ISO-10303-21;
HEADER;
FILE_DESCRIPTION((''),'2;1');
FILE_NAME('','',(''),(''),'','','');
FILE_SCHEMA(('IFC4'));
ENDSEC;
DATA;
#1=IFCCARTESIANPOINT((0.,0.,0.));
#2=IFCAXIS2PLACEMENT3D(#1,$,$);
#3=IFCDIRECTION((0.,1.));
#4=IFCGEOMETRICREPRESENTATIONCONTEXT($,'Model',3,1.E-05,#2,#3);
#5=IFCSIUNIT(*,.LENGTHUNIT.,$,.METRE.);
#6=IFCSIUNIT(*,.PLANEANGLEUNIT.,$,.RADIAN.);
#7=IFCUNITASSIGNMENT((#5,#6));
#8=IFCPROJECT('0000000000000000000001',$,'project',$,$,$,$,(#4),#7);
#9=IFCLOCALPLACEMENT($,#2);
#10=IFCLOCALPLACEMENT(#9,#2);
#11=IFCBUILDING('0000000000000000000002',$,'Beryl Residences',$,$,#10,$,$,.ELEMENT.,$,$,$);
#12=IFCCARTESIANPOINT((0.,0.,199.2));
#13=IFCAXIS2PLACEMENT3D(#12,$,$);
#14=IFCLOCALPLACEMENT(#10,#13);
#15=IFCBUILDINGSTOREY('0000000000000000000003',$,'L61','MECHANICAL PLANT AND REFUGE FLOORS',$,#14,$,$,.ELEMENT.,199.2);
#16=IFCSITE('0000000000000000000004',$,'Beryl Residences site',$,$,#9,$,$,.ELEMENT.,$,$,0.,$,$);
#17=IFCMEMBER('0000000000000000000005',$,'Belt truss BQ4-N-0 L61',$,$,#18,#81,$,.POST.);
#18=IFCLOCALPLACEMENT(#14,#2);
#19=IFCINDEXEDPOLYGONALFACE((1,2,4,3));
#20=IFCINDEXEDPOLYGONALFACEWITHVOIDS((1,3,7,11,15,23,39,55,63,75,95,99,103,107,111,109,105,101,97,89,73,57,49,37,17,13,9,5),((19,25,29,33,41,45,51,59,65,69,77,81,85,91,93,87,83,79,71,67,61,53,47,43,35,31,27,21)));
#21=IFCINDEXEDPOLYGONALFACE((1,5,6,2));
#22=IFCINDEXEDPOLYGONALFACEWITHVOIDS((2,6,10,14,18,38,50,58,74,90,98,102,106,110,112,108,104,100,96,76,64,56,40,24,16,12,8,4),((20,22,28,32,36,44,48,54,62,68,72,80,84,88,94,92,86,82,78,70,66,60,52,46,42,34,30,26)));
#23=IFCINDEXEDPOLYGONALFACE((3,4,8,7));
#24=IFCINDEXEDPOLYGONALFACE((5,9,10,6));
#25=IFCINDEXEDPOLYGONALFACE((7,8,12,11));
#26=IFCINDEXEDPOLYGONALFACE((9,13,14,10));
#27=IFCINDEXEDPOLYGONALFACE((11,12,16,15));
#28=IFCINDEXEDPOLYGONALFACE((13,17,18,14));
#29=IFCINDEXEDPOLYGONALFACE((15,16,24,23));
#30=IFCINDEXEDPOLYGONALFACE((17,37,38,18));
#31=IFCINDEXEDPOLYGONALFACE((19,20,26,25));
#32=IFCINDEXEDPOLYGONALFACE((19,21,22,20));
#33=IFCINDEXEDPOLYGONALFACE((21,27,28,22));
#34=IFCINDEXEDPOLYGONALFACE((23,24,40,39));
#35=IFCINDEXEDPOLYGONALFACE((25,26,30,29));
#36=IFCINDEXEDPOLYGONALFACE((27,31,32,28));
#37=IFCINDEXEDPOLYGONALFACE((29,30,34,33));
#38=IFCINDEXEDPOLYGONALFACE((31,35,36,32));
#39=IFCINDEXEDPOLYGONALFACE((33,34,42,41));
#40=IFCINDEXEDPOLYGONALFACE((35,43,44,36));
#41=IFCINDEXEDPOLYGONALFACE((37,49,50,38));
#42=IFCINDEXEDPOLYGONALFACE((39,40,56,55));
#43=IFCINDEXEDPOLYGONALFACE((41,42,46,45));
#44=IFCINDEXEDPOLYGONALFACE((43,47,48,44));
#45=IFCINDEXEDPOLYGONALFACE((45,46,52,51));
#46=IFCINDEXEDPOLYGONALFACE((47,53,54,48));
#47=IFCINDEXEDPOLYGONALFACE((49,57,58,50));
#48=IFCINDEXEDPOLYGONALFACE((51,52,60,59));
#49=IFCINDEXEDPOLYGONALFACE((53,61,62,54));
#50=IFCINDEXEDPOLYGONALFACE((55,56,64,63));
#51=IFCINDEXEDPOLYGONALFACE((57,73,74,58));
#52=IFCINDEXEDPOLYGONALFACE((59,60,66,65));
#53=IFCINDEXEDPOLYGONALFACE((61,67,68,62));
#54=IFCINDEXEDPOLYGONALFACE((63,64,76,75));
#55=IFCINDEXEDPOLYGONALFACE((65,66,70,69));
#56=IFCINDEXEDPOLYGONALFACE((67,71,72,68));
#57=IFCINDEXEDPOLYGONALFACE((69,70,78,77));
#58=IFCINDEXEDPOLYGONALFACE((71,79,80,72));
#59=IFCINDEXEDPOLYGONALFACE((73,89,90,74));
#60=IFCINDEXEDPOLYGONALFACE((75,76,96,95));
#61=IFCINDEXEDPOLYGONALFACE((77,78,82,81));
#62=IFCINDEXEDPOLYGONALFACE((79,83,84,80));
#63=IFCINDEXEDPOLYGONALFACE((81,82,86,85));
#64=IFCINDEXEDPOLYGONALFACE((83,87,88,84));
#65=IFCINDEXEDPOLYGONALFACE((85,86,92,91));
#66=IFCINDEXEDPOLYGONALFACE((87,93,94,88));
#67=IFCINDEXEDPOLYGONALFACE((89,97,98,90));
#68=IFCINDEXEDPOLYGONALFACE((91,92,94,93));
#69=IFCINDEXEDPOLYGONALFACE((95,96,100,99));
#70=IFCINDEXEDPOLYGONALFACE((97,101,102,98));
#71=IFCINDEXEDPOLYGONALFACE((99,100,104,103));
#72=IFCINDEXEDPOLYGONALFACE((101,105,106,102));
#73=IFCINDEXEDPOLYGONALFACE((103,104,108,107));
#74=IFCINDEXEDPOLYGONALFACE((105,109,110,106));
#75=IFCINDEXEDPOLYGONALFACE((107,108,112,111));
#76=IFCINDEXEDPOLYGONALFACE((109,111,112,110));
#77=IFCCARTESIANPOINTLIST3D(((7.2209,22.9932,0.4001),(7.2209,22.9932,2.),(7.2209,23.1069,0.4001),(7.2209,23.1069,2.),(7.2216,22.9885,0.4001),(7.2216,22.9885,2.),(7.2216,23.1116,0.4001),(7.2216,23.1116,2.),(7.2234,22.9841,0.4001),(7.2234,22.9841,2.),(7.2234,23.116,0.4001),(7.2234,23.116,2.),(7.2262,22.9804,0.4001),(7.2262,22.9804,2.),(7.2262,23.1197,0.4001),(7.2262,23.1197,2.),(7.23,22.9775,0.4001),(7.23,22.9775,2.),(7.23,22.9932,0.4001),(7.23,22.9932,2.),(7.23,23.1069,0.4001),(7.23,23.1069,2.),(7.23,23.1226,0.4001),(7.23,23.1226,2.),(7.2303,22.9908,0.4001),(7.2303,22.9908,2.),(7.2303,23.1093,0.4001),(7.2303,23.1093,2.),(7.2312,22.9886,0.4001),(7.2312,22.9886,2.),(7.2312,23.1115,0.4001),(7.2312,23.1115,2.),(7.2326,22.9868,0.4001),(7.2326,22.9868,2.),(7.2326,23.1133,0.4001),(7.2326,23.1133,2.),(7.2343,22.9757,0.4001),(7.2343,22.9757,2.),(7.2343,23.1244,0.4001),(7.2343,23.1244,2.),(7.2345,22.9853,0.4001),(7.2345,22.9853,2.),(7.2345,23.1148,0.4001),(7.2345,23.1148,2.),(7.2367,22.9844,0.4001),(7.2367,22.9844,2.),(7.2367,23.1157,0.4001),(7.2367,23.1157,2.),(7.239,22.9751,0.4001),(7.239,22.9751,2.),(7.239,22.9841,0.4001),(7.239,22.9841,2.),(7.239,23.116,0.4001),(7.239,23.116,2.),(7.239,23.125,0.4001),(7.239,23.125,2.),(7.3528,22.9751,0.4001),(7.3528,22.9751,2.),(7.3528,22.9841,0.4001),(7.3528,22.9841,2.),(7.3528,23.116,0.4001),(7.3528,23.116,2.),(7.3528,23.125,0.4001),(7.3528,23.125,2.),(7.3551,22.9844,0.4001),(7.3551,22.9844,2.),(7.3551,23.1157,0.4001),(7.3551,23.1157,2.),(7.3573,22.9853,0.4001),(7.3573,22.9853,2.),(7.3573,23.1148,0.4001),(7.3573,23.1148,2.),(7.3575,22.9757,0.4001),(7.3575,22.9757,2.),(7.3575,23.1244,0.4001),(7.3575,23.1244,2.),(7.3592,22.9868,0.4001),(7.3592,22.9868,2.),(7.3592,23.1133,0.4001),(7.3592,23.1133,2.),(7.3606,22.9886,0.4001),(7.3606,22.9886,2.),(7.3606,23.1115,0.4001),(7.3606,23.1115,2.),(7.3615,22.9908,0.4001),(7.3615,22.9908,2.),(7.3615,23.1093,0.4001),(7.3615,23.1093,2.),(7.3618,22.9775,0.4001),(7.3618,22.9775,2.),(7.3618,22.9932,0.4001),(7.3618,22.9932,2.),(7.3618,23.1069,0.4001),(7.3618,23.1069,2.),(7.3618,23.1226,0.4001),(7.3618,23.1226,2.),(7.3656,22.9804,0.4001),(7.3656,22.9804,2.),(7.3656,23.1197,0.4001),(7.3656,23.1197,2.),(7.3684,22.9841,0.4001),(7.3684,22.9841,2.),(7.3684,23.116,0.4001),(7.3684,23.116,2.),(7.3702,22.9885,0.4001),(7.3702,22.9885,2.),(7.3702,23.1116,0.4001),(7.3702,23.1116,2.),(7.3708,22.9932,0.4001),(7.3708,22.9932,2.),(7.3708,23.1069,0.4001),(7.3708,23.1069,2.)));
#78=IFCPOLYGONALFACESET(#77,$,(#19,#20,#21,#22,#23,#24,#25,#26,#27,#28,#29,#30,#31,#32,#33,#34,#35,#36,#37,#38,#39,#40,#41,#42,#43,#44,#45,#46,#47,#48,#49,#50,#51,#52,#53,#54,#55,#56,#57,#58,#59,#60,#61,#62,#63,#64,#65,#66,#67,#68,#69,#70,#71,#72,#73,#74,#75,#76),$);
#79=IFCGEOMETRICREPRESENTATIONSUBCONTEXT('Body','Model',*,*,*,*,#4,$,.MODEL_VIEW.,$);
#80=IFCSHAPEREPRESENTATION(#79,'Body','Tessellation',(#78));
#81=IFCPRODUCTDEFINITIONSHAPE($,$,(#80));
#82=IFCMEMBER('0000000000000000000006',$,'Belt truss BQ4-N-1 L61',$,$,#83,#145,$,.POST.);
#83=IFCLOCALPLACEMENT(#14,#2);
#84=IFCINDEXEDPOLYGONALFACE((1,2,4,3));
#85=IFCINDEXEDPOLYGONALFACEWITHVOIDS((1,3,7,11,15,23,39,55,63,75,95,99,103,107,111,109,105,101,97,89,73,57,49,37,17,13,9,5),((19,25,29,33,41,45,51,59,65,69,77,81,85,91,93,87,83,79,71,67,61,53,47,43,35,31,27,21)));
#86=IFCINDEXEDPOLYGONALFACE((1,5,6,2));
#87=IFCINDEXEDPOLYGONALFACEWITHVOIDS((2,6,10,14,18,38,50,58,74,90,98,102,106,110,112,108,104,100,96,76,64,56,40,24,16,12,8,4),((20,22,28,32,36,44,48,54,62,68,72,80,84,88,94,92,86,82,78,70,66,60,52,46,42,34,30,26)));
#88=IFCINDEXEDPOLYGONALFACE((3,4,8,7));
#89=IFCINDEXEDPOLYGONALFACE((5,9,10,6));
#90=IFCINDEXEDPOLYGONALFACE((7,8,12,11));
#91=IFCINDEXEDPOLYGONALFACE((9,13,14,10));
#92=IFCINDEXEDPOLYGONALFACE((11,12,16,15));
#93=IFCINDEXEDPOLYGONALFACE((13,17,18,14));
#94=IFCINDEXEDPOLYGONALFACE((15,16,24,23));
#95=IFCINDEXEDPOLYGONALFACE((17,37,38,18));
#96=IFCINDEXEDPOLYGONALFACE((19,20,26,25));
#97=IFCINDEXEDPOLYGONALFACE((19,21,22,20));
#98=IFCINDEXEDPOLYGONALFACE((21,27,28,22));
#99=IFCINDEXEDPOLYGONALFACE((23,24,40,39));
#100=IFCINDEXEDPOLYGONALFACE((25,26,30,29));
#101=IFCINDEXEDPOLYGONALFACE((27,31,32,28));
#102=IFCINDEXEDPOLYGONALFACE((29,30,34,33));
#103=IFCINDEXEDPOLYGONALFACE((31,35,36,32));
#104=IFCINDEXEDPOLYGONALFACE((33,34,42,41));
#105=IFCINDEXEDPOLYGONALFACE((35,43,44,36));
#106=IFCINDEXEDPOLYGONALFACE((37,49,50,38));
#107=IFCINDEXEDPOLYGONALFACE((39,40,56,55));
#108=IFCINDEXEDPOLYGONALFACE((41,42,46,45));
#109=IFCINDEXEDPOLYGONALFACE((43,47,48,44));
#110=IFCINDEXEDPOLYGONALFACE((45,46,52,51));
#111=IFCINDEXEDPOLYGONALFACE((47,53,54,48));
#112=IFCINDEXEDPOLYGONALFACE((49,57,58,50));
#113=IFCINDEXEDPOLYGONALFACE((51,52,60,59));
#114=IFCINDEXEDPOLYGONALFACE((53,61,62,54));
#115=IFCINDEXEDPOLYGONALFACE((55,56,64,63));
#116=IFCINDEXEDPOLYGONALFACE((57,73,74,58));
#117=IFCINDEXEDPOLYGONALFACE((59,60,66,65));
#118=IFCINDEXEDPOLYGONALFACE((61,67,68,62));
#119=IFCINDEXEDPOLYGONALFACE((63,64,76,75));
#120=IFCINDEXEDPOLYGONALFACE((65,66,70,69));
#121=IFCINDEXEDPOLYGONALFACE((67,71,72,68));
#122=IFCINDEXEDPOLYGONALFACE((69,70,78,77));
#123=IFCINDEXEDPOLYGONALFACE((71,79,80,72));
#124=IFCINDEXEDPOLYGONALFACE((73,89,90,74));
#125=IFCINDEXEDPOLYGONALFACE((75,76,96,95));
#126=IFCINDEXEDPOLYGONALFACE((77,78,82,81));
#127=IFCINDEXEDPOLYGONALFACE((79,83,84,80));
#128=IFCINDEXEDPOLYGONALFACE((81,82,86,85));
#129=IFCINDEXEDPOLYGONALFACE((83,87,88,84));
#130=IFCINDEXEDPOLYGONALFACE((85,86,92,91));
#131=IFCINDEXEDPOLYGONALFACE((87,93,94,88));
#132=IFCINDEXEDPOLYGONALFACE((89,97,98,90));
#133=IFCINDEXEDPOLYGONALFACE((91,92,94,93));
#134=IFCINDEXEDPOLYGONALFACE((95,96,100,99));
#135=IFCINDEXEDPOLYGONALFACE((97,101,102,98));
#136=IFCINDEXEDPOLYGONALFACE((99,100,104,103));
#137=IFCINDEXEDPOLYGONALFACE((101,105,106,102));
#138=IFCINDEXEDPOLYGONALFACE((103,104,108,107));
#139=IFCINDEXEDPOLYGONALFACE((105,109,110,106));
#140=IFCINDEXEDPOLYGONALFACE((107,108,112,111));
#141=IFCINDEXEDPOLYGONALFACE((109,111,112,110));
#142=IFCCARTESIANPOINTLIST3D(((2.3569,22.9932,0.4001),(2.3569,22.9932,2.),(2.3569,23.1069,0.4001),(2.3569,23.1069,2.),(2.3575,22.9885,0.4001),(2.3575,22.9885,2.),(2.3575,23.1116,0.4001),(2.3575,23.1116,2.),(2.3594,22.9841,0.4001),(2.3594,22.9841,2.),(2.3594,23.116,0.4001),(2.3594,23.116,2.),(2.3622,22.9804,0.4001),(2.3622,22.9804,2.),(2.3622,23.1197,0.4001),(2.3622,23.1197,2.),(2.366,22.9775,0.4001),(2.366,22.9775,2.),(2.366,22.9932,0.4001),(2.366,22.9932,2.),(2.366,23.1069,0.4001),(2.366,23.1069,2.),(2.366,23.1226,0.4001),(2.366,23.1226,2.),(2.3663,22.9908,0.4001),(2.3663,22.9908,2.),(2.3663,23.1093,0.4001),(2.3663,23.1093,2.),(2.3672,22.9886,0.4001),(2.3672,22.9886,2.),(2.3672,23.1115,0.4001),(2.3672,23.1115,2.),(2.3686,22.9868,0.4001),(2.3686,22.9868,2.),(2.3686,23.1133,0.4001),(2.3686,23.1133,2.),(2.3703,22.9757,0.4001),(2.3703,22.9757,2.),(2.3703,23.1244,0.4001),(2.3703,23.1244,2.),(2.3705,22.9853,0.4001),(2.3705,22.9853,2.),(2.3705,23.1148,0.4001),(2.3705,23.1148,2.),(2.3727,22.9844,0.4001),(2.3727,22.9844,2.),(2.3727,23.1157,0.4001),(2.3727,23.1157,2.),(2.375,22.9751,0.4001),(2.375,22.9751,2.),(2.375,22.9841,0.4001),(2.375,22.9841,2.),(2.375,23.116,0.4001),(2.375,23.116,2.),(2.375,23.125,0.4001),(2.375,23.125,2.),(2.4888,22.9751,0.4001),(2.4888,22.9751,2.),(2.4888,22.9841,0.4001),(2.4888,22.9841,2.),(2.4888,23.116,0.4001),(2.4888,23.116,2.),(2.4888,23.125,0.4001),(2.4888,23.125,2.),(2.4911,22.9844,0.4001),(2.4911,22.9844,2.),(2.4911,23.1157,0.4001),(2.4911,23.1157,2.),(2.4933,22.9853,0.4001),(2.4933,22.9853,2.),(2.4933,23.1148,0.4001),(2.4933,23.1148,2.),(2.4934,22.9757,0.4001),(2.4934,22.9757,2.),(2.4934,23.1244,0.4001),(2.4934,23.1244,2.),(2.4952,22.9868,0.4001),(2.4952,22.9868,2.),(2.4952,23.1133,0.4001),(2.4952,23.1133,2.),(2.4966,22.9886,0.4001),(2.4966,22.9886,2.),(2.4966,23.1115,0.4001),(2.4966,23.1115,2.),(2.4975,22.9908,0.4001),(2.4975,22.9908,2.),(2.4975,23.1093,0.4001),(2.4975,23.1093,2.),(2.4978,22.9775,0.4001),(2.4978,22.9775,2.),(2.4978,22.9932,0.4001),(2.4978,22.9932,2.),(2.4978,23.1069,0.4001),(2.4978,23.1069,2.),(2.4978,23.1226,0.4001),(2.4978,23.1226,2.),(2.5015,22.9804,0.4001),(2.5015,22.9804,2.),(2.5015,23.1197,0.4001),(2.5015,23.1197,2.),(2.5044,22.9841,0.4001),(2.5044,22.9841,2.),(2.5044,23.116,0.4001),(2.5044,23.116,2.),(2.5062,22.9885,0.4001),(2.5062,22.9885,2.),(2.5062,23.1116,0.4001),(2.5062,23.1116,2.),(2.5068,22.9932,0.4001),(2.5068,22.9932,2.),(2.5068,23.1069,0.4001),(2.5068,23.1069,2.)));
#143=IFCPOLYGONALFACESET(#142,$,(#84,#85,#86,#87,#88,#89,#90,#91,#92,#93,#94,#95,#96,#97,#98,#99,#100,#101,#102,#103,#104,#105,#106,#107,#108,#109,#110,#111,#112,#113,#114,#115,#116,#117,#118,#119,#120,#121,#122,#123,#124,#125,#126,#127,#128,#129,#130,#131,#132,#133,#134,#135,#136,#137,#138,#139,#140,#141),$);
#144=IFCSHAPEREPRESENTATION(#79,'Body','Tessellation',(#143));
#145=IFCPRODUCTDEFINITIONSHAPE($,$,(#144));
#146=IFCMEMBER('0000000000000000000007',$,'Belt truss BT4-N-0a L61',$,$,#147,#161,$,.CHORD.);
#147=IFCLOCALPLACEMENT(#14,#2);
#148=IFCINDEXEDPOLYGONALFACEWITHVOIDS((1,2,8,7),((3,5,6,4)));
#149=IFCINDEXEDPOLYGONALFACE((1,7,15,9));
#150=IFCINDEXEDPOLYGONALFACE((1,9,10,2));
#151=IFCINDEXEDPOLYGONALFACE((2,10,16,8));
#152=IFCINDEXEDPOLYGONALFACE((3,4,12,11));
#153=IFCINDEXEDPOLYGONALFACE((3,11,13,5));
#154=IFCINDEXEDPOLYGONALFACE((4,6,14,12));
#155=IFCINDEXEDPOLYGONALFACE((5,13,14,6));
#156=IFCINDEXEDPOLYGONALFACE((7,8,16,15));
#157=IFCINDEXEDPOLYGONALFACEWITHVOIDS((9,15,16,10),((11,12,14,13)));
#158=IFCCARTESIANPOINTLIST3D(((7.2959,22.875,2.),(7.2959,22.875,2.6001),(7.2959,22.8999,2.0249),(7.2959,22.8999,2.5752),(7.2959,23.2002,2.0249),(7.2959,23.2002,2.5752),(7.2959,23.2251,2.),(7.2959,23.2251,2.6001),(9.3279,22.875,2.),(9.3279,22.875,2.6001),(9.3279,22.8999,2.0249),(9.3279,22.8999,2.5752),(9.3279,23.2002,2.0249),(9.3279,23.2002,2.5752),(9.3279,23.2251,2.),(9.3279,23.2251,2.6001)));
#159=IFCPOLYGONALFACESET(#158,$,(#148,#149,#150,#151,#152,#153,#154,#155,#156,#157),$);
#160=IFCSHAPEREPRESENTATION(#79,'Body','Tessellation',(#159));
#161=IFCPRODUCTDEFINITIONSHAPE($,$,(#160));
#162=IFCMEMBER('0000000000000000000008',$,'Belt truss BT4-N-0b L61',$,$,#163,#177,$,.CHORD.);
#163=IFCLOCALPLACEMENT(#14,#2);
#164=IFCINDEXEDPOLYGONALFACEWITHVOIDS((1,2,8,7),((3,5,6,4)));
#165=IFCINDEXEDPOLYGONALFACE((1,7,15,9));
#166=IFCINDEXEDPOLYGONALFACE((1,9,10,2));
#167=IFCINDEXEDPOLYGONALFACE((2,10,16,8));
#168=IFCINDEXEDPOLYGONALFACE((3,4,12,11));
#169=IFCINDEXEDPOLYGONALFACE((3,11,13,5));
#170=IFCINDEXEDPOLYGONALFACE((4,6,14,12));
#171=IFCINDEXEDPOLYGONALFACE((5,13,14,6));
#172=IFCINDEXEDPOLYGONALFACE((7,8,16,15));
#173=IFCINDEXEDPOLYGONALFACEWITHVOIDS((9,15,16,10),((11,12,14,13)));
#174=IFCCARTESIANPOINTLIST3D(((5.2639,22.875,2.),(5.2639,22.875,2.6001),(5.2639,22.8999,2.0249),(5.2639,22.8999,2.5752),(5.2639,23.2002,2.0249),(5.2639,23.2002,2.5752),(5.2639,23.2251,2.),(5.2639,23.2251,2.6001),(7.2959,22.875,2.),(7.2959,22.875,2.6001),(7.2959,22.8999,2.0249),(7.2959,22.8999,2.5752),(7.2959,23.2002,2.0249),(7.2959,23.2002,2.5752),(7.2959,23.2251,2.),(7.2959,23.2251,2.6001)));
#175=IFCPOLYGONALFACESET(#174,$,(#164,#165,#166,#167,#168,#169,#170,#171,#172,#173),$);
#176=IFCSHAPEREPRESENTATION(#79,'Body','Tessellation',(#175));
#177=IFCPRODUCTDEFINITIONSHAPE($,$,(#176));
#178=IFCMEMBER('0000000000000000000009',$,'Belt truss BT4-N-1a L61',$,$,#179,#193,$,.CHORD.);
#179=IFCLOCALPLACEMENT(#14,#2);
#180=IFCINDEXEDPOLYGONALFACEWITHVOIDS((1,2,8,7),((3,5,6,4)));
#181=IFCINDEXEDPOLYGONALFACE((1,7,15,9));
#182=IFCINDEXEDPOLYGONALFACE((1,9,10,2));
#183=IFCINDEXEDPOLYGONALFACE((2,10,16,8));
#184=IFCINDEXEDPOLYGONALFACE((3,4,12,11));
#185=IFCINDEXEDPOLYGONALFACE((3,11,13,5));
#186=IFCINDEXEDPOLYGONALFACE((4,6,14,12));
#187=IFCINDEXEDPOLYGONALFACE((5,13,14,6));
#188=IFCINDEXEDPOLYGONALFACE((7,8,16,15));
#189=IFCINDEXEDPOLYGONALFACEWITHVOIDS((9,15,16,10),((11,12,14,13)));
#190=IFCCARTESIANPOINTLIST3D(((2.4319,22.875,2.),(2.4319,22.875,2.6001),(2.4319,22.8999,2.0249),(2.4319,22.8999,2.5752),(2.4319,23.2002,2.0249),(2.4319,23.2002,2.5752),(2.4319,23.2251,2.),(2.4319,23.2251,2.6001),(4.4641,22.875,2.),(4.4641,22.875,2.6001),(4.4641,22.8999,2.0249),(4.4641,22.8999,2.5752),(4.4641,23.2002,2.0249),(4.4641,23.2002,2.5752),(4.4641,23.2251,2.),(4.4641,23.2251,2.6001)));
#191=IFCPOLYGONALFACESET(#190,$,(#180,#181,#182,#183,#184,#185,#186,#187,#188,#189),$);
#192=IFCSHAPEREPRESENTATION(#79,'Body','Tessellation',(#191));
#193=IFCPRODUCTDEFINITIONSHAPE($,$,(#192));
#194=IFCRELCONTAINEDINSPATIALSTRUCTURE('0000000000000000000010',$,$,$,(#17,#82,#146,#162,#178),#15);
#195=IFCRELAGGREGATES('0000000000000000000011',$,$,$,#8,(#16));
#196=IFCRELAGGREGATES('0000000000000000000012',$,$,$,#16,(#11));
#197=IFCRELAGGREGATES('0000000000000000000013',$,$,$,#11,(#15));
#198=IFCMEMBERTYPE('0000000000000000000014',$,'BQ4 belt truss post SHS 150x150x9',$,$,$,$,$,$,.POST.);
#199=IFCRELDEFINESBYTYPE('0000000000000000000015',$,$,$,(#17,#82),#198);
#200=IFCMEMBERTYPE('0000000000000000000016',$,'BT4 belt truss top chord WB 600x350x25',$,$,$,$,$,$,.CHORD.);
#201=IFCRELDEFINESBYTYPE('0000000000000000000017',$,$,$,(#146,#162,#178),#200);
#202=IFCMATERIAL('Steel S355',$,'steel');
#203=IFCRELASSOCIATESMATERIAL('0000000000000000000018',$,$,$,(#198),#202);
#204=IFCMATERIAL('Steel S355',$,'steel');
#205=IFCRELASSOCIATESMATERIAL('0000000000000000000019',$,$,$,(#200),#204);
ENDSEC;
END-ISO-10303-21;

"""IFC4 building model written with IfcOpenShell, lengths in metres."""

from ifc_helpers import new_model, si_unit, direction, frame, origin, origin_2d, place, context, subcontext, project, spatial, hollow_rectangle, extrude, material, material_profile, profile_set, type_object, element, save


model = new_model("IFC4")

# Units and contexts
model_context = context("Model", 3, precision=1e-05, world=origin(), true_north=direction((0.0, 1.0)))
body_context = subcontext(model_context, "Body", "Model", "MODEL_VIEW")
ifc_project = project(units=[si_unit("LENGTHUNIT", "METRE"), si_unit("PLANEANGLEUNIT", "RADIAN")], contexts=[model_context])

# Site, building, storey
site_placement = place(None, origin())
site = spatial("IfcSite", under=ifc_project, at=site_placement, Name="Beryl Residences site", CompositionType="ELEMENT", RefElevation=0.0)
building_placement = place(site_placement, origin())
building = spatial("IfcBuilding", under=site, at=building_placement, Name="Beryl Residences", CompositionType="ELEMENT")
storey_placement = place(building_placement, frame((0.0, 0.0, 199.2)))
storey = spatial("IfcBuildingStorey", under=building, at=storey_placement, Name="L61", Description="MECHANICAL PLANT AND REFUGE FLOORS", CompositionType="ELEMENT", Elevation=199.2)

# Members
ifc_material_1 = material(Name="Steel S355", Category="steel")
ifc_material_profile_1 = material_profile(ifc_material_1, hollow_rectangle(XDim=0.1499, YDim=0.1499, WallThickness=0.009, InnerFilletRadius=0.009, OuterFilletRadius=0.0181, at=origin_2d()))
ifc_profile_set_1 = profile_set([ifc_material_profile_1], Name="Steel S355")
member_type_1 = type_object("IfcMemberType", Name="BQ4 belt truss post SHS 150x150x9", PredefinedType="POST", material=ifc_profile_set_1)
for number, where, z_axis, x_axis, name in (
    (1, (7.2959, 23.05, 0.4001), (0.0, 0.0, 1.0), (1.0, 0.0, 0.0), "Belt truss BQ4-N-0 L61"),
    (2, (2.4319, 23.05, 0.4001), (0.0, 0.0, 1.0), (1.0, 0.0, 0.0), "Belt truss BQ4-N-1 L61"),
):
    element("IfcMember", number, at=place(storey_placement, frame(where, z_axis=z_axis, x_axis=x_axis)), inside=storey, type_object=member_type_1, Name=name, PredefinedType="POST", context=body_context, shape_type="SweptSolid", body=[
        extrude(hollow_rectangle(XDim=0.1499, YDim=0.1499, WallThickness=0.009, InnerFilletRadius=0.009, OuterFilletRadius=0.0181, at=origin_2d()), origin(), (0.0, 0.0, 1.0), 1.5999),
    ])
ifc_material_2 = material(Name="Steel S355", Category="steel")
ifc_material_profile_2 = material_profile(ifc_material_2, hollow_rectangle(XDim=0.3501, YDim=0.6001, WallThickness=0.0249, at=origin_2d()))
ifc_profile_set_2 = profile_set([ifc_material_profile_2], Name="Steel S355")
member_type_2 = type_object("IfcMemberType", Name="BT4 belt truss top chord WB 600x350x25", PredefinedType="CHORD", material=ifc_profile_set_2)
for number, where, z_axis, x_axis, name in (
    (3, (9.3279, 23.05, 2.3), (-1.0, 0.0, 0.0), (0.0, -1.0, 0.0), "Belt truss BT4-N-0a L61"),
    (4, (7.2959, 23.05, 2.3), (-1.0, 0.0, 0.0), (0.0, -1.0, 0.0), "Belt truss BT4-N-0b L61"),
):
    element("IfcMember", number, at=place(storey_placement, frame(where, z_axis=z_axis, x_axis=x_axis)), inside=storey, type_object=member_type_2, Name=name, PredefinedType="CHORD", context=body_context, shape_type="SweptSolid", body=[
        extrude(hollow_rectangle(XDim=0.3501, YDim=0.6001, WallThickness=0.0249, at=origin_2d()), origin(), (0.0, 0.0, 1.0), 2.032),
    ])
member_1_placement = place(storey_placement, frame((4.4641, 23.05, 2.3), z_axis=(-1.0, 0.0, 0.0), x_axis=(0.0, -1.0, 0.0)))
element("IfcMember", 5, at=member_1_placement, inside=storey, type_object=member_type_2, Name="Belt truss BT4-N-1a L61", PredefinedType="CHORD", context=body_context, shape_type="SweptSolid", body=[
    extrude(hollow_rectangle(XDim=0.3501, YDim=0.6001, WallThickness=0.0249, at=origin_2d()), origin(), (0.0, 0.0, 1.0), 2.0322),
])

save(model, "model.ifc")
